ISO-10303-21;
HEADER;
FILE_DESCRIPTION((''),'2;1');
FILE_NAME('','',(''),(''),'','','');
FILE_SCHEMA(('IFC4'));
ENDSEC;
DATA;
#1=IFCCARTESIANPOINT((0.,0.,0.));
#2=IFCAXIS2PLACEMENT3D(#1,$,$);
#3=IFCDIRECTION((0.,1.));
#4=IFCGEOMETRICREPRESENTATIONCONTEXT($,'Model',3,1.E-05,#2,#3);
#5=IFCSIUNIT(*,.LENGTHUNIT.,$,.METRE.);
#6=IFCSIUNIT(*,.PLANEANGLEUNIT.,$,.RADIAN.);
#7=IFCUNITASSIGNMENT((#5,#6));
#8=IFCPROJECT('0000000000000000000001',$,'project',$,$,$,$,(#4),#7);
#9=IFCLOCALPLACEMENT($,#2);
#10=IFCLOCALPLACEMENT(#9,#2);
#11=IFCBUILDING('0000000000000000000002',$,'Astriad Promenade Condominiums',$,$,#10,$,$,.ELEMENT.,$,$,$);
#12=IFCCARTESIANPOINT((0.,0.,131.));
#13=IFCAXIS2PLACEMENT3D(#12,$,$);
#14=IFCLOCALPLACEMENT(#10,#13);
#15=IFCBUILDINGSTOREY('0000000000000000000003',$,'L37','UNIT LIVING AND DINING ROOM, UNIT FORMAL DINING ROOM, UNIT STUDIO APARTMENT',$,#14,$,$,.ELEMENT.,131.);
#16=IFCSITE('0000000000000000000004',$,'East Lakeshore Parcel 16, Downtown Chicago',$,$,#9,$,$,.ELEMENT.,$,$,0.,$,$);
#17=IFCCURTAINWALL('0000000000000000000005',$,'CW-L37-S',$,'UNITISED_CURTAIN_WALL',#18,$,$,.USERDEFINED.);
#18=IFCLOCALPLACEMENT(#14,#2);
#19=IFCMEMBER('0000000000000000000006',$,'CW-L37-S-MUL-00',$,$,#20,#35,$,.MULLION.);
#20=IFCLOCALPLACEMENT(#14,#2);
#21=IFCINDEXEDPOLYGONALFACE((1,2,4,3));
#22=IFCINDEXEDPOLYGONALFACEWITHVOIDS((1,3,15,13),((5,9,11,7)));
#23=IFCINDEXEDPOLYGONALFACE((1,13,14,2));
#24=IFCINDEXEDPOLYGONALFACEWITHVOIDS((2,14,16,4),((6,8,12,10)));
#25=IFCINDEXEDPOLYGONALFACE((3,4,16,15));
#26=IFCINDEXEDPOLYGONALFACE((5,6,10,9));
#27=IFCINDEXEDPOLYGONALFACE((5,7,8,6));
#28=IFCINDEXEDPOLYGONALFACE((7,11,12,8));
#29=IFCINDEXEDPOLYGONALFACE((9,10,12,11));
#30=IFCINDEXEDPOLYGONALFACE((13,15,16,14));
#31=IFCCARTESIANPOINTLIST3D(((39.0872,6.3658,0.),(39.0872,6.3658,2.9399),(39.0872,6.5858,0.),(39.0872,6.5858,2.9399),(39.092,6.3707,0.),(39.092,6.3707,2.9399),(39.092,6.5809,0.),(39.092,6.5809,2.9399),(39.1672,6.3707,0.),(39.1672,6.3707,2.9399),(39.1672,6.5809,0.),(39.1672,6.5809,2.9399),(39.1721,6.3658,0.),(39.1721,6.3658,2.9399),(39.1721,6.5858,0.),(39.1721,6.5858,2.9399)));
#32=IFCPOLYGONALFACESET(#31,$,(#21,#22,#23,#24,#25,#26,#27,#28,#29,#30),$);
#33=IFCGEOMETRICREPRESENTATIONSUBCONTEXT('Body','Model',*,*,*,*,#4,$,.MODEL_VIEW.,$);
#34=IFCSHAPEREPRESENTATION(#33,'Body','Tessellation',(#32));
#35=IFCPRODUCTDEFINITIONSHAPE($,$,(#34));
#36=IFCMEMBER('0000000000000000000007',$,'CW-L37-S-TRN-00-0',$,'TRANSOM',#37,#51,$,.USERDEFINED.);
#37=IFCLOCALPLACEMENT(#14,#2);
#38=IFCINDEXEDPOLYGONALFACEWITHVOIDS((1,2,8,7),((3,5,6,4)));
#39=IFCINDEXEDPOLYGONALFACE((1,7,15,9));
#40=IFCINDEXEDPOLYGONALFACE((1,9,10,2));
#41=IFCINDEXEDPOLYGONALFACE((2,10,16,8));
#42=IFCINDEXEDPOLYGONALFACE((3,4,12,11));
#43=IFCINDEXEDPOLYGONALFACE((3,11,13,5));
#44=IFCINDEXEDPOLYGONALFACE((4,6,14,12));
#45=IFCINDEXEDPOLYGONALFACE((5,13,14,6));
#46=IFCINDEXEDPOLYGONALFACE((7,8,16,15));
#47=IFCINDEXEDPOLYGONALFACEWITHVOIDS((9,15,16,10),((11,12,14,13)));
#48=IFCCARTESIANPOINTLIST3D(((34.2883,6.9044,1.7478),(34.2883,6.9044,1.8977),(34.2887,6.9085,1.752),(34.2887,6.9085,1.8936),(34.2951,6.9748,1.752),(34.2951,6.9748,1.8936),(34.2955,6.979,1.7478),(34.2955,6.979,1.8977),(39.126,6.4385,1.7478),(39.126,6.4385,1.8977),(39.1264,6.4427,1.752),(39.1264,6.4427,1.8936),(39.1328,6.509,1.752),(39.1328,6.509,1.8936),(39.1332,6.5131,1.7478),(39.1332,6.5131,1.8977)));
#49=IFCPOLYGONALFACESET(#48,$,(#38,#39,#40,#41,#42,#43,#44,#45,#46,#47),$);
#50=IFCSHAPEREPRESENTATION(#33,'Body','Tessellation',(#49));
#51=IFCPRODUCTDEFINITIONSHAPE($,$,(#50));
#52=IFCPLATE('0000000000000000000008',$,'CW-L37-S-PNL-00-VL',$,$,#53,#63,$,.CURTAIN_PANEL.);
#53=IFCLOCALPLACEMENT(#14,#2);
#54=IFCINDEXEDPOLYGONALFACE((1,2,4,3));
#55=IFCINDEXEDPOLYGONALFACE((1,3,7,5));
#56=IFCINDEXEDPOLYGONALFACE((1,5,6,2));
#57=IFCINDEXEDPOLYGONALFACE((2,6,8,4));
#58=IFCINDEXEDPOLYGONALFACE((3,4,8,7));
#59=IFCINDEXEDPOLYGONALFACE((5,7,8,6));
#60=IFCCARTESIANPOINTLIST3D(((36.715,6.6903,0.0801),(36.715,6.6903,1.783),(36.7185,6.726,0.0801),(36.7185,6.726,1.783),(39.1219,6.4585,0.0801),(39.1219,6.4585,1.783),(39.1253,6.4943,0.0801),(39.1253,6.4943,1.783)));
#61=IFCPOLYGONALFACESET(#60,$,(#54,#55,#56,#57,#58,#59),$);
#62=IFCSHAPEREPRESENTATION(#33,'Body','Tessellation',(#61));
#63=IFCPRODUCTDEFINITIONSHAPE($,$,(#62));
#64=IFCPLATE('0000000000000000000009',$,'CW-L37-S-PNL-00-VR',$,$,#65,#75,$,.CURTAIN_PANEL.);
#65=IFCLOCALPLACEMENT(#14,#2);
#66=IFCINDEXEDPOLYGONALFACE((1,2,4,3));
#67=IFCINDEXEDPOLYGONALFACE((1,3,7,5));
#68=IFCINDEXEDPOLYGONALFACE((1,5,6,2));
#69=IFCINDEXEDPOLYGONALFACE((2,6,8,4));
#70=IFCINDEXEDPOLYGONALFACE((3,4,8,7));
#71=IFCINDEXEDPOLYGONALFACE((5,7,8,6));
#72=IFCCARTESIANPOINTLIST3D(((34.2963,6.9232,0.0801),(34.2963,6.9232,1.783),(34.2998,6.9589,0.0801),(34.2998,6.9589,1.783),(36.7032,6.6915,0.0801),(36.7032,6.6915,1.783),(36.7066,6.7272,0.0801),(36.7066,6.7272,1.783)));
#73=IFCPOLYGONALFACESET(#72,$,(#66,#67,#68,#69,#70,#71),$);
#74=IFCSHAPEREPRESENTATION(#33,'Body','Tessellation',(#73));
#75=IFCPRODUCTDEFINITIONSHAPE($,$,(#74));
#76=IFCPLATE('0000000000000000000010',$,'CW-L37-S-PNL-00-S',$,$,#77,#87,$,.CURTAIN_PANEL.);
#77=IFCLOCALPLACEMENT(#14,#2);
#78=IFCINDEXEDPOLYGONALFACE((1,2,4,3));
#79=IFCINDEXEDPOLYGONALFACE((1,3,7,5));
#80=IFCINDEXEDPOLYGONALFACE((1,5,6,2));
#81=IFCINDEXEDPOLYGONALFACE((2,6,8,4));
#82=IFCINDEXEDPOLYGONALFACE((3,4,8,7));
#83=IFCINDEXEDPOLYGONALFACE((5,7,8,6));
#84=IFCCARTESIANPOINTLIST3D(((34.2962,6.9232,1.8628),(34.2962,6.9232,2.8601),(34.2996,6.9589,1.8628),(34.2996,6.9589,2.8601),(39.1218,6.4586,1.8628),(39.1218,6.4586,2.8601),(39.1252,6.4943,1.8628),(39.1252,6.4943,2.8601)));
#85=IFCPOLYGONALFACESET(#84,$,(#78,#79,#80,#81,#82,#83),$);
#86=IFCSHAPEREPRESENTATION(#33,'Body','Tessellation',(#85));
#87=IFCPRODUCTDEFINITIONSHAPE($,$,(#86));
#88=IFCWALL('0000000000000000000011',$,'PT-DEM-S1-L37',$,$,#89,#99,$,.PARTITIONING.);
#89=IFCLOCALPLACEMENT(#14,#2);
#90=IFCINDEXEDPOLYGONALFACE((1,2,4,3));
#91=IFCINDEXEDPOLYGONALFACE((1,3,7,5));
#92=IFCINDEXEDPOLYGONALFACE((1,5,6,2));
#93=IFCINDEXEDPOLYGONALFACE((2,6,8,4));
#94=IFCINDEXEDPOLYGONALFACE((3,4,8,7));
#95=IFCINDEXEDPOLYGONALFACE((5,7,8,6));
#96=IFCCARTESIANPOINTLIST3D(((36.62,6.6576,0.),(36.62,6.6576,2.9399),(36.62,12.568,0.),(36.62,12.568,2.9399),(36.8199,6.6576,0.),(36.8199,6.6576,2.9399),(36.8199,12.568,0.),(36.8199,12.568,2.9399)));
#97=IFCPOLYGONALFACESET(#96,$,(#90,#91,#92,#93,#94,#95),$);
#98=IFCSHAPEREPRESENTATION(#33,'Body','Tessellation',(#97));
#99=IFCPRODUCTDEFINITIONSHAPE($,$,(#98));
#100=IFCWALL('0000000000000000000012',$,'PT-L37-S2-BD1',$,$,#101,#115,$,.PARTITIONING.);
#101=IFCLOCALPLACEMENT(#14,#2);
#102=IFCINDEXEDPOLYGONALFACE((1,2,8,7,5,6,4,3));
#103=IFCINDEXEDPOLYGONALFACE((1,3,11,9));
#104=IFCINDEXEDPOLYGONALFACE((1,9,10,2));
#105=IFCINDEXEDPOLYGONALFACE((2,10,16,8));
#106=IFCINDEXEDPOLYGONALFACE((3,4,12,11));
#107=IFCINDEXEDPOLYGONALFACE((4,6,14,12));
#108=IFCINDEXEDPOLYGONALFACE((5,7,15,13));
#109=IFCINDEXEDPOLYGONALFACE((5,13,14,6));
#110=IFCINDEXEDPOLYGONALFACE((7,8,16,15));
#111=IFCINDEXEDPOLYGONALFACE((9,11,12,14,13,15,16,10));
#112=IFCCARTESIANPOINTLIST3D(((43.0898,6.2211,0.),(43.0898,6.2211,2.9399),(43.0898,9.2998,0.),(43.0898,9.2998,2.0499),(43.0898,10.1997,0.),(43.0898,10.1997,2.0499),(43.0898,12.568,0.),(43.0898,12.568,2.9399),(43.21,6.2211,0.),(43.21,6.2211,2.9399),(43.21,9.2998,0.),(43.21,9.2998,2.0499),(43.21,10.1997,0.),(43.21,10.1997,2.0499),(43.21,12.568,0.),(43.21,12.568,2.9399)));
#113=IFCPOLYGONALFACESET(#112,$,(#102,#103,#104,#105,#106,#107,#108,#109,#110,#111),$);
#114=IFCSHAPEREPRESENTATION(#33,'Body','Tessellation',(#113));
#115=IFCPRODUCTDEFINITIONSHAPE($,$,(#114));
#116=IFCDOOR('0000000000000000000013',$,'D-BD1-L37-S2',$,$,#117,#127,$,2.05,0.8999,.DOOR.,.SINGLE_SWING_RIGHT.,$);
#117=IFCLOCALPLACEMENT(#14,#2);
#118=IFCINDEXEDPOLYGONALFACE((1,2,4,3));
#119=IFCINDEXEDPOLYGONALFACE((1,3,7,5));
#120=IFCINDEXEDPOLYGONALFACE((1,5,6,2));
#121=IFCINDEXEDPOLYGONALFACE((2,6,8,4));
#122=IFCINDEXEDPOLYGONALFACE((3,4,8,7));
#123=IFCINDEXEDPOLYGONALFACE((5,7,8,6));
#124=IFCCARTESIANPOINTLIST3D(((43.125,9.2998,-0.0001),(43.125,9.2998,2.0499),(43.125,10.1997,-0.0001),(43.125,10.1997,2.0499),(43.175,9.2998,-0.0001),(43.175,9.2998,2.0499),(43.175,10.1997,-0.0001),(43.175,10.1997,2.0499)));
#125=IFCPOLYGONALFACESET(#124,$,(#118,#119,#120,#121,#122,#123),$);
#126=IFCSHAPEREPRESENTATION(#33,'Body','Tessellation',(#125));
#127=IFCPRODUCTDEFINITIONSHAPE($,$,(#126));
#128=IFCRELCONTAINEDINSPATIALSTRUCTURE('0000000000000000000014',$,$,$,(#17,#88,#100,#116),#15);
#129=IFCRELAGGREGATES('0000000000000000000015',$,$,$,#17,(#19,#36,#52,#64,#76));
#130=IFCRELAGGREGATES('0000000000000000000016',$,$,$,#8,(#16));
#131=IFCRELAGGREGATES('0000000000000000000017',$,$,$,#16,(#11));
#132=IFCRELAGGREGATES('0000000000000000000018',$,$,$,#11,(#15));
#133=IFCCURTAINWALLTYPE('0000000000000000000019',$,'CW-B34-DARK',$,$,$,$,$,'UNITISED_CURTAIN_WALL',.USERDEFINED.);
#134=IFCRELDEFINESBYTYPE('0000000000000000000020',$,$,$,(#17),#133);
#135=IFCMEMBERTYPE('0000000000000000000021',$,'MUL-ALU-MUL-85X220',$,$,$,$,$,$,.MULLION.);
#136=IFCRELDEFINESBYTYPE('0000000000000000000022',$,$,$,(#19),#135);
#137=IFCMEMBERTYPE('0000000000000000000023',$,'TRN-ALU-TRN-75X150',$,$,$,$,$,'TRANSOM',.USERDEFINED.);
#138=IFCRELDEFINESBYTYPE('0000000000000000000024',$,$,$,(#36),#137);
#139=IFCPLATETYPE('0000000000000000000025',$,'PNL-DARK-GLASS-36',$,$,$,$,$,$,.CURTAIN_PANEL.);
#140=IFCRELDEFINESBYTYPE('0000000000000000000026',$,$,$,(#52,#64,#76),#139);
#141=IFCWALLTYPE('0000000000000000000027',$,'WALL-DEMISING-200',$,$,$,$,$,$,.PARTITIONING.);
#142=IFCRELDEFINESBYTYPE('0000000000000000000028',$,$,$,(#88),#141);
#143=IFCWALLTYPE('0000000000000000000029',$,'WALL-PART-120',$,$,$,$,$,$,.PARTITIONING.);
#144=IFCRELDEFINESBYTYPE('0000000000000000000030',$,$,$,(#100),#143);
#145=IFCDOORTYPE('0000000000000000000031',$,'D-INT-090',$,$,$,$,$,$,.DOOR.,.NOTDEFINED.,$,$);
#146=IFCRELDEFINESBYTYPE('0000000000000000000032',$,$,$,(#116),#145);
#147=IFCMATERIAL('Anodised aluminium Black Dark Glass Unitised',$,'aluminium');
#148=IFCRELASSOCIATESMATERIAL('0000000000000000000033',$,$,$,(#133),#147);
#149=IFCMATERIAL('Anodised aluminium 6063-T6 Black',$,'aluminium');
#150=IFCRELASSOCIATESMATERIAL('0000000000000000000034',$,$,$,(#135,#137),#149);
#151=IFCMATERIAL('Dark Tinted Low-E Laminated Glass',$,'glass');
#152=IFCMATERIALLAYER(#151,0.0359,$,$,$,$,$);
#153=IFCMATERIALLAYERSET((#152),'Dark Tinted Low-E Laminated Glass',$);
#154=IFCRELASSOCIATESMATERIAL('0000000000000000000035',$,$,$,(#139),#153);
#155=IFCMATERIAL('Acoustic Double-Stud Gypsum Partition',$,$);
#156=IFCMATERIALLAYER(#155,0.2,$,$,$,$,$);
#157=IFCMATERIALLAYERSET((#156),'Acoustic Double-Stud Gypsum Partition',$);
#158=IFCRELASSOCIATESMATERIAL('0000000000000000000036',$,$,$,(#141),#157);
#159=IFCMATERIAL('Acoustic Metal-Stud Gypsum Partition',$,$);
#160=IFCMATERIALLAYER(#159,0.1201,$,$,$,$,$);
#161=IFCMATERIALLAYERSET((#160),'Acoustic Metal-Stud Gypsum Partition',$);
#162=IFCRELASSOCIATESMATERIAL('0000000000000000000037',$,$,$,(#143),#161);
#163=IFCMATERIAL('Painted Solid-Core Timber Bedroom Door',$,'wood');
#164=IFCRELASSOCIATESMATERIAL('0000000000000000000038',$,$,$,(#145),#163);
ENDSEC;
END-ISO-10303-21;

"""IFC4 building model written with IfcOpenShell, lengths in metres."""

from ifc_helpers import new_model, si_unit, direction, frame, frame_2d, origin, origin_2d, place, context, subcontext, project, spatial, rectangle, hollow_rectangle, extrude, source, transform, mapped, material, layer, layer_set, material_profile, profile_set, type_object, type_shapes, element, fill, aggregate, save


model = new_model("IFC4")

# Units and contexts
model_context = context("Model", 3, precision=1e-05, world=origin(), true_north=direction((0.0, 1.0)))
body_context = subcontext(model_context, "Body", "Model", "MODEL_VIEW")
ifc_project = project(units=[si_unit("LENGTHUNIT", "METRE"), si_unit("PLANEANGLEUNIT", "RADIAN")], contexts=[model_context])

# Site, building, storey
site_placement = place(None, origin())
site = spatial("IfcSite", under=ifc_project, at=site_placement, Name="East Lakeshore Parcel 16, Downtown Chicago", CompositionType="ELEMENT", RefElevation=0.0)
building_placement = place(site_placement, origin())
building = spatial("IfcBuilding", under=site, at=building_placement, Name="Astriad Promenade Condominiums", CompositionType="ELEMENT")
storey_placement = place(building_placement, frame((0.0, 0.0, 131.0)))
storey = spatial("IfcBuildingStorey", under=building, at=storey_placement, Name="L37", Description="UNIT LIVING AND DINING ROOM, UNIT FORMAL DINING ROOM, UNIT STUDIO APARTMENT", CompositionType="ELEMENT", Elevation=131.0)

# Curtain wall, members, plates
ifc_material_1 = material(Name="Anodised aluminium Black Dark Glass Unitised", Category="aluminium")
curtain_wall_type = type_object("IfcCurtainWallType", Name="CW-B34-DARK", ElementType="UNITISED_CURTAIN_WALL", PredefinedType="USERDEFINED", material=ifc_material_1)
curtain_wall_placement = place(storey_placement, origin())
curtain_wall = element("IfcCurtainWall", 1, at=curtain_wall_placement, inside=storey, type_object=curtain_wall_type, Name="CW-L37-S", ObjectType="UNITISED_CURTAIN_WALL", PredefinedType="USERDEFINED")
ifc_material_2 = material(Name="Anodised aluminium 6063-T6 Black", Category="aluminium")
ifc_material_profile_1 = material_profile(ifc_material_2, hollow_rectangle(XDim=0.085, YDim=0.22, WallThickness=0.0049, at=origin_2d()), Name="ALU-MUL-85X220")
ifc_profile_set_1 = profile_set([ifc_material_profile_1], Name="Anodised aluminium 6063-T6 Black")
member_type_1 = type_object("IfcMemberType", Name="MUL-ALU-MUL-85X220", PredefinedType="MULLION", material=ifc_profile_set_1)
shared_shape_1 = source(origin(), body_context, "Body", "SweptSolid", [
    extrude(hollow_rectangle(XDim=0.085, YDim=0.22, WallThickness=0.0049, at=origin_2d()), origin(), (0.0, 0.0, 1.0), 2.9399),
])
type_shapes(member_type_1, [shared_shape_1])
member_1_placement = place(storey_placement, frame((39.1296, 6.4758, 0.0), z_axis=(0.0, 0.0, 1.0), x_axis=(1.0, 0.0, 0.0)))
member_1 = element("IfcMember", 2, at=member_1_placement, type_object=member_type_1, Name="CW-L37-S-MUL-00", PredefinedType="MULLION", context=body_context, shape_type="MappedRepresentation", body=[
    mapped(shared_shape_1, transform((0.0, 0.0, 0.0), scale=1.0)),
])
ifc_material_profile_2 = material_profile(ifc_material_2, hollow_rectangle(XDim=0.075, YDim=0.1499, WallThickness=0.0042, at=origin_2d()), Name="ALU-TRN-75X150")
ifc_profile_set_2 = profile_set([ifc_material_profile_2], Name="Anodised aluminium 6063-T6 Black")
member_type_2 = type_object("IfcMemberType", Name="TRN-ALU-TRN-75X150", ElementType="TRANSOM", PredefinedType="USERDEFINED", material=ifc_profile_set_2)
shared_shape_2 = source(origin(), body_context, "Body", "SweptSolid", [
    extrude(hollow_rectangle(XDim=0.075, YDim=0.1499, WallThickness=0.0042, at=origin_2d()), origin(), (0.0, 0.0, 1.0), 4.8601),
])
type_shapes(member_type_2, [shared_shape_2])
member_2_placement = place(storey_placement, frame((39.1296, 6.4758, 1.8228), z_axis=(-0.995396, 0.095847, 0.0), x_axis=(-0.095847, -0.995396, 0.0)))
member_2 = element("IfcMember", 3, at=member_2_placement, type_object=member_type_2, Name="CW-L37-S-TRN-00-0", ObjectType="TRANSOM", PredefinedType="USERDEFINED", context=body_context, shape_type="MappedRepresentation", body=[
    mapped(shared_shape_2, transform((0.0, 0.0, 0.0), scale=1.0)),
])
ifc_material_3 = material(Name="Dark Tinted Low-E Laminated Glass", Category="glass")
ifc_layer_1 = layer(ifc_material_3, 0.0359)
ifc_layer_set_1 = layer_set([ifc_layer_1], Name="Dark Tinted Low-E Laminated Glass")
plate_type = type_object("IfcPlateType", Name="PNL-DARK-GLASS-36", PredefinedType="CURTAIN_PANEL", material=ifc_layer_set_1)
shared_shape_3 = source(origin(), body_context, "Body", "SweptSolid", [
    extrude(rectangle(XDim=2.418, YDim=0.0359, at=origin_2d()), origin(), (0.0, 0.0, 1.0), 1.7029),
])
plate_1_placement = place(storey_placement, frame((37.9202, 6.5923, 0.0801), z_axis=(0.0, 0.0, 1.0), x_axis=(-0.995396, 0.095846, 0.0)))
plate_1 = element("IfcPlate", 4, at=plate_1_placement, type_object=plate_type, Name="CW-L37-S-PNL-00-VL", PredefinedType="CURTAIN_PANEL", context=body_context, shape_type="MappedRepresentation", body=[
    mapped(shared_shape_3, transform((0.0, 0.0, 0.0), scale=1.0)),
])
plate_2_placement = place(storey_placement, frame((35.5015, 6.8252, 0.0801), z_axis=(0.0, 0.0, 1.0), x_axis=(-0.995396, 0.095846, 0.0)))
plate_2 = element("IfcPlate", 5, at=plate_2_placement, type_object=plate_type, Name="CW-L37-S-PNL-00-VR", PredefinedType="CURTAIN_PANEL", context=body_context, shape_type="MappedRepresentation", body=[
    mapped(shared_shape_3, transform((0.0, 0.0, 0.0), scale=1.0)),
])
shared_shape_4 = source(origin(), body_context, "Body", "SweptSolid", [
    extrude(rectangle(XDim=4.8479, YDim=0.0359, at=origin_2d()), origin(), (0.0, 0.0, 1.0), 0.9973),
])
type_shapes(plate_type, [shared_shape_3, shared_shape_4])
plate_3_placement = place(storey_placement, frame((36.7107, 6.7087, 1.8628), z_axis=(0.0, 0.0, 1.0), x_axis=(-0.995396, 0.095846, 0.0)))
plate_3 = element("IfcPlate", 6, at=plate_3_placement, type_object=plate_type, Name="CW-L37-S-PNL-00-S", PredefinedType="CURTAIN_PANEL", context=body_context, shape_type="MappedRepresentation", body=[
    mapped(shared_shape_4, transform((0.0, 0.0, 0.0), scale=1.0)),
])
aggregate(curtain_wall, [member_1, member_2, plate_1, plate_2, plate_3])

# Wall
ifc_material_4 = material(Name="Acoustic Double-Stud Gypsum Partition")
ifc_layer_2 = layer(ifc_material_4, 0.2)
ifc_layer_set_2 = layer_set([ifc_layer_2], Name="Acoustic Double-Stud Gypsum Partition")
wall_type_1 = type_object("IfcWallType", Name="WALL-DEMISING-200", PredefinedType="PARTITIONING", material=ifc_layer_set_2)
wall_1_placement = place(storey_placement, frame((36.72, 6.6577, 0.0), z_axis=(0.0, 0.0, 1.0), x_axis=(0.0, 1.0, 0.0)))
element("IfcWall", 7, at=wall_1_placement, inside=storey, type_object=wall_type_1, Name="PT-DEM-S1-L37", PredefinedType="PARTITIONING", context=body_context, shape_type="SweptSolid", body=[
    extrude(rectangle(XDim=5.9104, YDim=0.2, at=frame_2d((2.9551, 0.0))), origin(), (0.0, 0.0, 1.0), 2.9399),
])

# Wall, opening, door
ifc_material_5 = material(Name="Acoustic Metal-Stud Gypsum Partition")
ifc_layer_3 = layer(ifc_material_5, 0.1201)
ifc_layer_set_3 = layer_set([ifc_layer_3], Name="Acoustic Metal-Stud Gypsum Partition")
wall_type_2 = type_object("IfcWallType", Name="WALL-PART-120", PredefinedType="PARTITIONING", material=ifc_layer_set_3)
wall_2_placement = place(storey_placement, frame((43.1499, 6.2212, 0.0), z_axis=(0.0, 0.0, 1.0), x_axis=(0.0, 1.0, 0.0)))
wall_2 = element("IfcWall", 8, at=wall_2_placement, inside=storey, type_object=wall_type_2, Name="PT-L37-S2-BD1", PredefinedType="PARTITIONING", context=body_context, shape_type="SweptSolid", body=[
    extrude(rectangle(XDim=6.3469, YDim=0.1201, at=frame_2d((3.1733, 0.0))), origin(), (0.0, 0.0, 1.0), 2.9399),
])
opening_1_placement = place(wall_2_placement, frame((3.0786, 0.0, 0.0)))
opening_1 = element("IfcOpeningElement", 9, at=opening_1_placement, cuts=wall_2, PredefinedType="OPENING", context=body_context, shape_type="SweptSolid", body=[
    extrude(rectangle(XDim=0.8999, YDim=2.05, at=frame_2d((0.45, 1.0249))), frame((0.0, 0.0701, 0.0), z_axis=(0.0, -1.0, 0.0), x_axis=(1.0, 0.0, 0.0)), (0.0, 0.0, 1.0), 0.1401),
])
ifc_material_6 = material(Name="Painted Solid-Core Timber Bedroom Door", Category="wood")
door_type_1 = type_object("IfcDoorType", Name="D-INT-090", OperationType="NOTDEFINED", PredefinedType="DOOR", material=ifc_material_6)
shared_shape_5 = source(origin(), body_context, "Body", "SweptSolid", [
    extrude(rectangle(XDim=0.8999, YDim=2.05, at=frame_2d((0.45, 1.0249))), frame((0.0, 0.0249, 0.0), z_axis=(0.0, -1.0, 0.0), x_axis=(1.0, 0.0, 0.0)), (0.0, 0.0, 1.0), 0.05),
])
type_shapes(door_type_1, [shared_shape_5])
door_1_placement = place(opening_1_placement, origin())
door_1 = element("IfcDoor", 10, at=door_1_placement, inside=storey, type_object=door_type_1, Name="D-BD1-L37-S2", OperationType="SINGLE_SWING_RIGHT", OverallHeight=2.05, OverallWidth=0.8999, PredefinedType="DOOR", context=body_context, shape_type="MappedRepresentation", body=[
    mapped(shared_shape_5, transform((0.0, 0.0, 0.0), scale=1.0)),
])
fill(opening_1, door_1)

save(model, "model.ifc")
